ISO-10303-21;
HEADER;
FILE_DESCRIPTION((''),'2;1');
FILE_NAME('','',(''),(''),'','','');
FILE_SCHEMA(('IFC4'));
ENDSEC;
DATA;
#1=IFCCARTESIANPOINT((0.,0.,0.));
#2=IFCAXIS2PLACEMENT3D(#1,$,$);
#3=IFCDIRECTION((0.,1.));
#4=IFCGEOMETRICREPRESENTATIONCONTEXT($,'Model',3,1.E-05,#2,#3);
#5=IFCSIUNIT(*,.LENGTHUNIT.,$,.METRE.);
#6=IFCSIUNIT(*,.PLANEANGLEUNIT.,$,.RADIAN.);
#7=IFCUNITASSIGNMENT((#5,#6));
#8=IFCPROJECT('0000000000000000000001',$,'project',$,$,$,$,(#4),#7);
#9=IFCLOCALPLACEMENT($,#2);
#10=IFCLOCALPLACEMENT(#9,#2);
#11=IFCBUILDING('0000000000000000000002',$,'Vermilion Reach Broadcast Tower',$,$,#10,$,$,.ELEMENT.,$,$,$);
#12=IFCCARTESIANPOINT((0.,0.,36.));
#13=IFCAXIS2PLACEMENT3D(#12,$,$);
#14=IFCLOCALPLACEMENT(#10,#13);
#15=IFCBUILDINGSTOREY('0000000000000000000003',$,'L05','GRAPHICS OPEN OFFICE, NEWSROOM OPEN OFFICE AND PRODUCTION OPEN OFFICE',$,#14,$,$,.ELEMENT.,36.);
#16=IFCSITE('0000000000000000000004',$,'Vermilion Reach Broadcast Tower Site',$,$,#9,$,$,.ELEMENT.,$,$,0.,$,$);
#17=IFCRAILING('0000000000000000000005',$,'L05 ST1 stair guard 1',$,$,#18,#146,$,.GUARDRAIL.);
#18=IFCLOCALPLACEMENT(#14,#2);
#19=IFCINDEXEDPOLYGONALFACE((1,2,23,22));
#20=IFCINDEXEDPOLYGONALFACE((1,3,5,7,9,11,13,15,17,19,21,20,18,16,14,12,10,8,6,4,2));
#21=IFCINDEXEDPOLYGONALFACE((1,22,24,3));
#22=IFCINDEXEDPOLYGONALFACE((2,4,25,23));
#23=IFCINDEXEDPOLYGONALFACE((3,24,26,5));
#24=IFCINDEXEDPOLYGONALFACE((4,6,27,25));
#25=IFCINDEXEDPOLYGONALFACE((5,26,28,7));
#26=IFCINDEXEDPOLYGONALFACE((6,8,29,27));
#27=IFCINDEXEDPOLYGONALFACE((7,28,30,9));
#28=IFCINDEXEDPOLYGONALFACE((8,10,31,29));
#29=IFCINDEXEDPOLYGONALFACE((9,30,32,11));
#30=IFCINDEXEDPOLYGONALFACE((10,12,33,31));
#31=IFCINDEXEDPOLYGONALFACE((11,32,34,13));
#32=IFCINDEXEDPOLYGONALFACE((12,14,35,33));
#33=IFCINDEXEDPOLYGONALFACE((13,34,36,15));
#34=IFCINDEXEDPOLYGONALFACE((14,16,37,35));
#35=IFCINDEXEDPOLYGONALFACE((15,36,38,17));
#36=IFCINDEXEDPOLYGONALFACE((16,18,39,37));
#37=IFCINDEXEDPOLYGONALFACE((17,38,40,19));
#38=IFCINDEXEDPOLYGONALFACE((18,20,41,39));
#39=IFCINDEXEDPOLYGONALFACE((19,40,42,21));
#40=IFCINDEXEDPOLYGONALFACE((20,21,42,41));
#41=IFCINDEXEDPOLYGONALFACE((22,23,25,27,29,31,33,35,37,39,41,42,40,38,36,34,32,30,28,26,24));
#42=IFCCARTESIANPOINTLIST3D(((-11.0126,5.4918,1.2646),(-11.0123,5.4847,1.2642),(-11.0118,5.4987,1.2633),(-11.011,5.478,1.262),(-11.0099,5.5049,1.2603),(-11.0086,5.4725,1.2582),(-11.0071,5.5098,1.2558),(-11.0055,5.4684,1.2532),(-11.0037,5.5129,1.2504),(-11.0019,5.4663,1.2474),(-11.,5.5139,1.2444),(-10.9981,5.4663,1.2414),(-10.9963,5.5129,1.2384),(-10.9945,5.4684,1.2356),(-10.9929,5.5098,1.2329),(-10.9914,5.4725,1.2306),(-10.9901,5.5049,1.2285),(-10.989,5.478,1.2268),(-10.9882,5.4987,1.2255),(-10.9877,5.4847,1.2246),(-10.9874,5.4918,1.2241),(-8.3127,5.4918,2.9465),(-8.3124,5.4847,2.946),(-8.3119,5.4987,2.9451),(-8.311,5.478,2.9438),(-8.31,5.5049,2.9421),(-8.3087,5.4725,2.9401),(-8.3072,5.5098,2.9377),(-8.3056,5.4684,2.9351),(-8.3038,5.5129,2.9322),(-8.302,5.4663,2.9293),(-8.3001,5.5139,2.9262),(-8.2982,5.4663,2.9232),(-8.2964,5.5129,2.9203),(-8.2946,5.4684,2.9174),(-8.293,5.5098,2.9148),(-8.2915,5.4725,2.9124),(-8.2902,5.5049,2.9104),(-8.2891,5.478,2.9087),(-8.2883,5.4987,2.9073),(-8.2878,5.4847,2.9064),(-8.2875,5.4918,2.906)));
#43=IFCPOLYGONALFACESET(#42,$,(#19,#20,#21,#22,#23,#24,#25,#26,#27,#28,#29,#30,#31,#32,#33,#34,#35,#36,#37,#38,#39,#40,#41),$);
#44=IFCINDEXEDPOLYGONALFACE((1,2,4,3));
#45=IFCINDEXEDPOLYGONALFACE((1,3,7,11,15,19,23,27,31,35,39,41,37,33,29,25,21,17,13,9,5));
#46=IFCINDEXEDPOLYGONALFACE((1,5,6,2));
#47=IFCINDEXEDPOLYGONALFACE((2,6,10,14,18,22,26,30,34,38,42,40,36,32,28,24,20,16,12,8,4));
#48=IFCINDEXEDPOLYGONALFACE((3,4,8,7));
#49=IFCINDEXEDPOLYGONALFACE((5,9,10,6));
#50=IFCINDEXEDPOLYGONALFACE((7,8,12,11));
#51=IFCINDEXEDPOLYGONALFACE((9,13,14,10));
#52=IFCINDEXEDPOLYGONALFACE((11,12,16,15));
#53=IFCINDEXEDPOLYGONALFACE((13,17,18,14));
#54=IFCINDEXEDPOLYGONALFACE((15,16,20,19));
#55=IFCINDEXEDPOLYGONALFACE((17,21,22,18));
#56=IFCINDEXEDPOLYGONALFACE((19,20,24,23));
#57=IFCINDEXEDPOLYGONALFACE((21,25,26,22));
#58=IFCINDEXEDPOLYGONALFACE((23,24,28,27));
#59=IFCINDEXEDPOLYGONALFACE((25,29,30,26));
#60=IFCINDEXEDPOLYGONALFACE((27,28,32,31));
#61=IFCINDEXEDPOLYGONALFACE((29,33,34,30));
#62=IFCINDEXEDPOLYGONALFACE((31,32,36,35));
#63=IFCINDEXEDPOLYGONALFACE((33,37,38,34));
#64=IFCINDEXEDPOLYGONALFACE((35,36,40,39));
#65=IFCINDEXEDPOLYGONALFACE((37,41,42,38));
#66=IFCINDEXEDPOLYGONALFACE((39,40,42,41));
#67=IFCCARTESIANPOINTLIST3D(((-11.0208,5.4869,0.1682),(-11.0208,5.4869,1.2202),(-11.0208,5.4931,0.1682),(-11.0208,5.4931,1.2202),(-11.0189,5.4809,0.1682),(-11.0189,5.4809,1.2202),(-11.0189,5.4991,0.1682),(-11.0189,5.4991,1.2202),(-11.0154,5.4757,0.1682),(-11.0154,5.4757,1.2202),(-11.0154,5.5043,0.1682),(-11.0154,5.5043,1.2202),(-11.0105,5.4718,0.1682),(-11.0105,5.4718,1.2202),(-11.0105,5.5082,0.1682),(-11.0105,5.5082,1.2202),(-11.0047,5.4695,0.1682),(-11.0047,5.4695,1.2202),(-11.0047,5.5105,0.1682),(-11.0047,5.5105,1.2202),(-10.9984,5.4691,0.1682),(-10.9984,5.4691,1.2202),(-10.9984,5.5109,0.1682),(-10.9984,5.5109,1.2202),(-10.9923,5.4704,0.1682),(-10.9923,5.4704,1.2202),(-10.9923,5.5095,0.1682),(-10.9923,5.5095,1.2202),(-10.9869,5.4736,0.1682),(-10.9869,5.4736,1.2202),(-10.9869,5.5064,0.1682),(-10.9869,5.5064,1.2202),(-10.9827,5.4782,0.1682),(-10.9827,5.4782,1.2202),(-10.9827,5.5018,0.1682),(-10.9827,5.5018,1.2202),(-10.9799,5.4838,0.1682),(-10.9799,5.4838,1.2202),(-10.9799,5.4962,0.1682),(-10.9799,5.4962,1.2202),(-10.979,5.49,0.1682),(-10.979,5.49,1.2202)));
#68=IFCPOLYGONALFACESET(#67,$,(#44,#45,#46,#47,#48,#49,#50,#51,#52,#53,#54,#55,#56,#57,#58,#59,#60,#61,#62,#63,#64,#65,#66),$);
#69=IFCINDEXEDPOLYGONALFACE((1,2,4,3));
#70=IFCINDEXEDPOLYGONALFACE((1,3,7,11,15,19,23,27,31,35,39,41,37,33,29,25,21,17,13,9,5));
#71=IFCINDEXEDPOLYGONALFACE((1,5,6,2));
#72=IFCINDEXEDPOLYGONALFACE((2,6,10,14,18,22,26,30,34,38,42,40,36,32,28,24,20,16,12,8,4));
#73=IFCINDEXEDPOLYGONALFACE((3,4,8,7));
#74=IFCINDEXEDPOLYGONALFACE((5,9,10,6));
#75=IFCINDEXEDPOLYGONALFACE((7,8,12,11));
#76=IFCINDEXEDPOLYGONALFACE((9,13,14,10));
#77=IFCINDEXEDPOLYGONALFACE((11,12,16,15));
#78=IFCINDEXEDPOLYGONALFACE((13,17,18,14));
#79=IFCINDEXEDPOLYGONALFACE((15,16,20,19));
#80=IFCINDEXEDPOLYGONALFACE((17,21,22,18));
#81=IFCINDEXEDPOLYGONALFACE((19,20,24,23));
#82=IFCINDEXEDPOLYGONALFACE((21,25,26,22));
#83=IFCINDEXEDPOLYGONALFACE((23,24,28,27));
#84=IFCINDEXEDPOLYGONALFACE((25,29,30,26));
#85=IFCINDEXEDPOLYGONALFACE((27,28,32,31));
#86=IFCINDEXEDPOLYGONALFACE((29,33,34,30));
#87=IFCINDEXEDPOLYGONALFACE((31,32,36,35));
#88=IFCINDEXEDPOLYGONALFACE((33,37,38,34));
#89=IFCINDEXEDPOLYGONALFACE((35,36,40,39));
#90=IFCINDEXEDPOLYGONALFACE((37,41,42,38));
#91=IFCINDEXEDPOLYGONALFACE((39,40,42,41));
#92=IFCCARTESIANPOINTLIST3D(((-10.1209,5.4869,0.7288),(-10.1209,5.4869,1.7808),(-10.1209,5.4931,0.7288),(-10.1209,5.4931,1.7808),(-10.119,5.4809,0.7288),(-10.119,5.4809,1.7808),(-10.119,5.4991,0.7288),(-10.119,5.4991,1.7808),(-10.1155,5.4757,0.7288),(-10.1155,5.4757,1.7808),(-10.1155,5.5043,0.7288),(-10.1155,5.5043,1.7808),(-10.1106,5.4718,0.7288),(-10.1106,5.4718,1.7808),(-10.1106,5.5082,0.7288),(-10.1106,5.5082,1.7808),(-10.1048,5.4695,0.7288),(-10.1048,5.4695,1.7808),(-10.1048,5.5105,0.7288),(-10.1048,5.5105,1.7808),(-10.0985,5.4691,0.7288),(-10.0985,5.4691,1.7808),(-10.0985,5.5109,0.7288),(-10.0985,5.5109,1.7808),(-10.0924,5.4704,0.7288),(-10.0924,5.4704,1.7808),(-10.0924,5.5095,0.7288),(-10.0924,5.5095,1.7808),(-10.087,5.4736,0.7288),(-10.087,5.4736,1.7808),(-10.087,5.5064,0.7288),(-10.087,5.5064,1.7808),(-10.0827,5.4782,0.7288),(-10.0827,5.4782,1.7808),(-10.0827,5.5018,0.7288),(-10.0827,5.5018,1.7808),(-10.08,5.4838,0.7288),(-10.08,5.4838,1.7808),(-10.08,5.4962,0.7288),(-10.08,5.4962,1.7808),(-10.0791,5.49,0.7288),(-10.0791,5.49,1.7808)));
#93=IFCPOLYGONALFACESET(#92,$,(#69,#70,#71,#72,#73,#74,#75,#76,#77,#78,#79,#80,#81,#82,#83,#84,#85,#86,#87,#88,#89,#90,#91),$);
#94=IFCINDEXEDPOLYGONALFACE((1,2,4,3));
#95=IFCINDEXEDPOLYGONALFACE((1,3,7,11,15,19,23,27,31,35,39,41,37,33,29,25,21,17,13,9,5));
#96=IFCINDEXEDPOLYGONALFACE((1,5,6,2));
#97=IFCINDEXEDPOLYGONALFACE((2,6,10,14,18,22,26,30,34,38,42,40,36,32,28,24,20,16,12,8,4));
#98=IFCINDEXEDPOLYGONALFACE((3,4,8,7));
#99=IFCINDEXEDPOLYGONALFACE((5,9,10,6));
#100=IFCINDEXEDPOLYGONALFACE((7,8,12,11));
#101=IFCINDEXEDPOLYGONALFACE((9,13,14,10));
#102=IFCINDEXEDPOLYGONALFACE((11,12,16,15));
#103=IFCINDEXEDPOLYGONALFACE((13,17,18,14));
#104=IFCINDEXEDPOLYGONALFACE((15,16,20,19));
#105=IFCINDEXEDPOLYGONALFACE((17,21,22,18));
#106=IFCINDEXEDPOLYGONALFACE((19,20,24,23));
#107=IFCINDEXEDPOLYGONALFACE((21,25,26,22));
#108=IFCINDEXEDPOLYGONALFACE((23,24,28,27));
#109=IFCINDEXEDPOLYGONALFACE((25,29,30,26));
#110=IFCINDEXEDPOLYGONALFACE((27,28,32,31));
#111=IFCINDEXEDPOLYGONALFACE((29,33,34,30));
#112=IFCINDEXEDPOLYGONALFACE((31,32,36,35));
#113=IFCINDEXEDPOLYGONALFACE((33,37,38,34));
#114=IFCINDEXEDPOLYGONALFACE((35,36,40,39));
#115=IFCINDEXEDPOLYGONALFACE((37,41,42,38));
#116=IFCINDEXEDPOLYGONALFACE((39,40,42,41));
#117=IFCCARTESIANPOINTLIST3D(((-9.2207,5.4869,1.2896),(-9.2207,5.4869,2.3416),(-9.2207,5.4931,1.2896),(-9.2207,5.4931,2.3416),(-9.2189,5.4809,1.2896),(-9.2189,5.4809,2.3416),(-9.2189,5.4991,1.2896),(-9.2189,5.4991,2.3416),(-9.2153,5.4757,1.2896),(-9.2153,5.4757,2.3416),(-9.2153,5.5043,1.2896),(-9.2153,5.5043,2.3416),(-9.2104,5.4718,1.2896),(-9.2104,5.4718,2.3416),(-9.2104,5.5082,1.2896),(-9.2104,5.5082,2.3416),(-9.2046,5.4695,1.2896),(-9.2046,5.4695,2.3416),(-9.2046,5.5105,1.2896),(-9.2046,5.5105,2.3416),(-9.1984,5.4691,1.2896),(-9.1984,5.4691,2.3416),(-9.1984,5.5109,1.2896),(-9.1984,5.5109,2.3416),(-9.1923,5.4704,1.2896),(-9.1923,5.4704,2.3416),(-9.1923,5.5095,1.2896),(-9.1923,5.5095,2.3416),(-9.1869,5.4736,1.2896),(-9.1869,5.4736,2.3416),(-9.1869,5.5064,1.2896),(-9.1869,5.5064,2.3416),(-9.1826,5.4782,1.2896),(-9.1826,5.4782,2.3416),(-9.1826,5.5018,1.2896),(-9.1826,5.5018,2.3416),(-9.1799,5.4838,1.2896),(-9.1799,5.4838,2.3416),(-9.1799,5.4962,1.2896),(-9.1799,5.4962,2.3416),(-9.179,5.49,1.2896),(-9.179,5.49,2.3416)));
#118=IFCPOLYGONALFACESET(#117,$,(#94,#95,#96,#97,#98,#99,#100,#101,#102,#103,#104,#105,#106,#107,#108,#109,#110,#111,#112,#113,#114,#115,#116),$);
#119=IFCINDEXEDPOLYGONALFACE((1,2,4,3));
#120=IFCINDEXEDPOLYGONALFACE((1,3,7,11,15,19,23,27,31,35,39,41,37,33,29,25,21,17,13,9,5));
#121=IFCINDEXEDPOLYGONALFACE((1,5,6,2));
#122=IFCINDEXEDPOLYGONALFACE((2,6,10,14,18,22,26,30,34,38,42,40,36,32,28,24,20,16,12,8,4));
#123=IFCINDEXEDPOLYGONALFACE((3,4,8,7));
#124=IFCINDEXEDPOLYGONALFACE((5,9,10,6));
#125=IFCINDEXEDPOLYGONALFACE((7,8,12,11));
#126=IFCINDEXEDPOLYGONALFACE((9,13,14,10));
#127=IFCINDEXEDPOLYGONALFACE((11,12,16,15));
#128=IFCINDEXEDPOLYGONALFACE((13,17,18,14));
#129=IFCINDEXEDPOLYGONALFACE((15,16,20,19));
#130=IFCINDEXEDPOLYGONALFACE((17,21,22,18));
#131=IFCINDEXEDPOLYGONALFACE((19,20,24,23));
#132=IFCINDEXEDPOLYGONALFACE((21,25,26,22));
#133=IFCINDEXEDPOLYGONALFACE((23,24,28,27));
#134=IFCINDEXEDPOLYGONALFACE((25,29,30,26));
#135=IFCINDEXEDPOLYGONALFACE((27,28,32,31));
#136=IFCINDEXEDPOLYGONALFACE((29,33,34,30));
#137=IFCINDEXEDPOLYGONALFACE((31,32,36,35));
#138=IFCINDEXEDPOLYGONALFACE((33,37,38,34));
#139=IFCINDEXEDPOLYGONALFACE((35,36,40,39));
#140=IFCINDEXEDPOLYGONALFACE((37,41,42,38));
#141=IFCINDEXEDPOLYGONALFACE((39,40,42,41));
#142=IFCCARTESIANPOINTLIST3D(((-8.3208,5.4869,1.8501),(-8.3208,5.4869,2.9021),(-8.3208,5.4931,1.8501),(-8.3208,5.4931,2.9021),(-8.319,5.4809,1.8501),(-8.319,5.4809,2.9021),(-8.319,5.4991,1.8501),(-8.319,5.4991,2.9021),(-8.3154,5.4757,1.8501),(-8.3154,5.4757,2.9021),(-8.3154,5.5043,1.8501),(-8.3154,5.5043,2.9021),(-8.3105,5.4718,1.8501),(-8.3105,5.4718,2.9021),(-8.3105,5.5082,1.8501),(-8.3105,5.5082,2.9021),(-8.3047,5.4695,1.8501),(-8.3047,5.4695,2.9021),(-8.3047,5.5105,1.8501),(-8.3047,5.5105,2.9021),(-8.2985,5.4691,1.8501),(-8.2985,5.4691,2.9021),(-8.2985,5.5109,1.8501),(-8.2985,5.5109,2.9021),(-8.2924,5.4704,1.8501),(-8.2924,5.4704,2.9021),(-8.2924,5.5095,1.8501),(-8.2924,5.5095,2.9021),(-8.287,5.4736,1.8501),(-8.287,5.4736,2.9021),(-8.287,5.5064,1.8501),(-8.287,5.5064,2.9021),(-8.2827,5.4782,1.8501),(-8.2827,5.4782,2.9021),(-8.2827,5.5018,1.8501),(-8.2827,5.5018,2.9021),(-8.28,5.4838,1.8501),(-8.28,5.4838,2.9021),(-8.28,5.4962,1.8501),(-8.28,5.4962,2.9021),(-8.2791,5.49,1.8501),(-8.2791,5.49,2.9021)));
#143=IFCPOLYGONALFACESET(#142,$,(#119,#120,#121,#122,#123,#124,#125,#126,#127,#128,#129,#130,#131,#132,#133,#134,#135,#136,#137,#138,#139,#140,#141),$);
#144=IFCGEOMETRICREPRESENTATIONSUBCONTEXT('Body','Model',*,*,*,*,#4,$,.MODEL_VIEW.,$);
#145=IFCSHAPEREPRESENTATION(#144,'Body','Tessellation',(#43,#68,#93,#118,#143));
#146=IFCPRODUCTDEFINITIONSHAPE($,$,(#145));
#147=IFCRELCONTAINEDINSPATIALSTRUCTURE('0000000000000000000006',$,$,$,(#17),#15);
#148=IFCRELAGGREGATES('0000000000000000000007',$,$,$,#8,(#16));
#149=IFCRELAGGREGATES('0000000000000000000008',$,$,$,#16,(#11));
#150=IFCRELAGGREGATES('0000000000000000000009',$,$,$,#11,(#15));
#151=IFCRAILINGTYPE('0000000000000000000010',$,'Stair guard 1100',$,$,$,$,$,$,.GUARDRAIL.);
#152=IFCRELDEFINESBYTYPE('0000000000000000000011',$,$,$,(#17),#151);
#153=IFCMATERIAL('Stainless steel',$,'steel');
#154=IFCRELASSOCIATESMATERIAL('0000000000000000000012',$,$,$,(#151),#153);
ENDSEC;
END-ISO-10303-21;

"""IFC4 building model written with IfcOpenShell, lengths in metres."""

from ifc_helpers import new_model, si_unit, direction, frame, origin, origin_2d, place, context, subcontext, project, spatial, circle, extrude, material, type_object, element, save


model = new_model("IFC4")

# Units and contexts
model_context = context("Model", 3, precision=1e-05, world=origin(), true_north=direction((0.0, 1.0)))
body_context = subcontext(model_context, "Body", "Model", "MODEL_VIEW")
ifc_project = project(units=[si_unit("LENGTHUNIT", "METRE"), si_unit("PLANEANGLEUNIT", "RADIAN")], contexts=[model_context])

# Site, building, storey
site_placement = place(None, origin())
site = spatial("IfcSite", under=ifc_project, at=site_placement, Name="Vermilion Reach Broadcast Tower Site", CompositionType="ELEMENT", RefElevation=0.0)
building_placement = place(site_placement, origin())
building = spatial("IfcBuilding", under=site, at=building_placement, Name="Vermilion Reach Broadcast Tower", CompositionType="ELEMENT")
storey_placement = place(building_placement, frame((0.0, 0.0, 36.0)))
storey = spatial("IfcBuildingStorey", under=building, at=storey_placement, Name="L05", Description="GRAPHICS OPEN OFFICE, NEWSROOM OPEN OFFICE AND PRODUCTION OPEN OFFICE", CompositionType="ELEMENT", Elevation=36.0)

# Railing
ifc_material_1 = material(Name="Stainless steel", Category="steel")
railing_type_1 = type_object("IfcRailingType", Name="Stair guard 1100", PredefinedType="GUARDRAIL", material=ifc_material_1)
railing_1_placement = place(storey_placement, frame((-11.0, 5.49, 0.1682)))
element("IfcRailing", 1, at=railing_1_placement, inside=storey, type_object=railing_type_1, Name="L05 ST1 stair guard 1", PredefinedType="GUARDRAIL", context=body_context, shape_type="SweptSolid", body=[
    extrude(circle(Radius=0.0239, at=origin_2d()), frame((0.0, 0.0, 1.0762), z_axis=(0.848786, 0.0, 0.528736), x_axis=(0.0, 1.0, 0.0)), (0.0, 0.0, 1.0), 3.1809),
    extrude(circle(Radius=0.021, at=origin_2d()), origin(), (0.0, 0.0, 1.0), 1.052),
    extrude(circle(Radius=0.021, at=origin_2d()), frame((0.8999, 0.0, 0.5605)), (0.0, 0.0, 1.0), 1.052),
    extrude(circle(Radius=0.021, at=origin_2d()), frame((1.8, 0.0, 1.1213)), (0.0, 0.0, 1.0), 1.052),
    extrude(circle(Radius=0.021, at=origin_2d()), frame((2.7, 0.0, 1.6819)), (0.0, 0.0, 1.0), 1.052),
])

save(model, "model.ifc")
